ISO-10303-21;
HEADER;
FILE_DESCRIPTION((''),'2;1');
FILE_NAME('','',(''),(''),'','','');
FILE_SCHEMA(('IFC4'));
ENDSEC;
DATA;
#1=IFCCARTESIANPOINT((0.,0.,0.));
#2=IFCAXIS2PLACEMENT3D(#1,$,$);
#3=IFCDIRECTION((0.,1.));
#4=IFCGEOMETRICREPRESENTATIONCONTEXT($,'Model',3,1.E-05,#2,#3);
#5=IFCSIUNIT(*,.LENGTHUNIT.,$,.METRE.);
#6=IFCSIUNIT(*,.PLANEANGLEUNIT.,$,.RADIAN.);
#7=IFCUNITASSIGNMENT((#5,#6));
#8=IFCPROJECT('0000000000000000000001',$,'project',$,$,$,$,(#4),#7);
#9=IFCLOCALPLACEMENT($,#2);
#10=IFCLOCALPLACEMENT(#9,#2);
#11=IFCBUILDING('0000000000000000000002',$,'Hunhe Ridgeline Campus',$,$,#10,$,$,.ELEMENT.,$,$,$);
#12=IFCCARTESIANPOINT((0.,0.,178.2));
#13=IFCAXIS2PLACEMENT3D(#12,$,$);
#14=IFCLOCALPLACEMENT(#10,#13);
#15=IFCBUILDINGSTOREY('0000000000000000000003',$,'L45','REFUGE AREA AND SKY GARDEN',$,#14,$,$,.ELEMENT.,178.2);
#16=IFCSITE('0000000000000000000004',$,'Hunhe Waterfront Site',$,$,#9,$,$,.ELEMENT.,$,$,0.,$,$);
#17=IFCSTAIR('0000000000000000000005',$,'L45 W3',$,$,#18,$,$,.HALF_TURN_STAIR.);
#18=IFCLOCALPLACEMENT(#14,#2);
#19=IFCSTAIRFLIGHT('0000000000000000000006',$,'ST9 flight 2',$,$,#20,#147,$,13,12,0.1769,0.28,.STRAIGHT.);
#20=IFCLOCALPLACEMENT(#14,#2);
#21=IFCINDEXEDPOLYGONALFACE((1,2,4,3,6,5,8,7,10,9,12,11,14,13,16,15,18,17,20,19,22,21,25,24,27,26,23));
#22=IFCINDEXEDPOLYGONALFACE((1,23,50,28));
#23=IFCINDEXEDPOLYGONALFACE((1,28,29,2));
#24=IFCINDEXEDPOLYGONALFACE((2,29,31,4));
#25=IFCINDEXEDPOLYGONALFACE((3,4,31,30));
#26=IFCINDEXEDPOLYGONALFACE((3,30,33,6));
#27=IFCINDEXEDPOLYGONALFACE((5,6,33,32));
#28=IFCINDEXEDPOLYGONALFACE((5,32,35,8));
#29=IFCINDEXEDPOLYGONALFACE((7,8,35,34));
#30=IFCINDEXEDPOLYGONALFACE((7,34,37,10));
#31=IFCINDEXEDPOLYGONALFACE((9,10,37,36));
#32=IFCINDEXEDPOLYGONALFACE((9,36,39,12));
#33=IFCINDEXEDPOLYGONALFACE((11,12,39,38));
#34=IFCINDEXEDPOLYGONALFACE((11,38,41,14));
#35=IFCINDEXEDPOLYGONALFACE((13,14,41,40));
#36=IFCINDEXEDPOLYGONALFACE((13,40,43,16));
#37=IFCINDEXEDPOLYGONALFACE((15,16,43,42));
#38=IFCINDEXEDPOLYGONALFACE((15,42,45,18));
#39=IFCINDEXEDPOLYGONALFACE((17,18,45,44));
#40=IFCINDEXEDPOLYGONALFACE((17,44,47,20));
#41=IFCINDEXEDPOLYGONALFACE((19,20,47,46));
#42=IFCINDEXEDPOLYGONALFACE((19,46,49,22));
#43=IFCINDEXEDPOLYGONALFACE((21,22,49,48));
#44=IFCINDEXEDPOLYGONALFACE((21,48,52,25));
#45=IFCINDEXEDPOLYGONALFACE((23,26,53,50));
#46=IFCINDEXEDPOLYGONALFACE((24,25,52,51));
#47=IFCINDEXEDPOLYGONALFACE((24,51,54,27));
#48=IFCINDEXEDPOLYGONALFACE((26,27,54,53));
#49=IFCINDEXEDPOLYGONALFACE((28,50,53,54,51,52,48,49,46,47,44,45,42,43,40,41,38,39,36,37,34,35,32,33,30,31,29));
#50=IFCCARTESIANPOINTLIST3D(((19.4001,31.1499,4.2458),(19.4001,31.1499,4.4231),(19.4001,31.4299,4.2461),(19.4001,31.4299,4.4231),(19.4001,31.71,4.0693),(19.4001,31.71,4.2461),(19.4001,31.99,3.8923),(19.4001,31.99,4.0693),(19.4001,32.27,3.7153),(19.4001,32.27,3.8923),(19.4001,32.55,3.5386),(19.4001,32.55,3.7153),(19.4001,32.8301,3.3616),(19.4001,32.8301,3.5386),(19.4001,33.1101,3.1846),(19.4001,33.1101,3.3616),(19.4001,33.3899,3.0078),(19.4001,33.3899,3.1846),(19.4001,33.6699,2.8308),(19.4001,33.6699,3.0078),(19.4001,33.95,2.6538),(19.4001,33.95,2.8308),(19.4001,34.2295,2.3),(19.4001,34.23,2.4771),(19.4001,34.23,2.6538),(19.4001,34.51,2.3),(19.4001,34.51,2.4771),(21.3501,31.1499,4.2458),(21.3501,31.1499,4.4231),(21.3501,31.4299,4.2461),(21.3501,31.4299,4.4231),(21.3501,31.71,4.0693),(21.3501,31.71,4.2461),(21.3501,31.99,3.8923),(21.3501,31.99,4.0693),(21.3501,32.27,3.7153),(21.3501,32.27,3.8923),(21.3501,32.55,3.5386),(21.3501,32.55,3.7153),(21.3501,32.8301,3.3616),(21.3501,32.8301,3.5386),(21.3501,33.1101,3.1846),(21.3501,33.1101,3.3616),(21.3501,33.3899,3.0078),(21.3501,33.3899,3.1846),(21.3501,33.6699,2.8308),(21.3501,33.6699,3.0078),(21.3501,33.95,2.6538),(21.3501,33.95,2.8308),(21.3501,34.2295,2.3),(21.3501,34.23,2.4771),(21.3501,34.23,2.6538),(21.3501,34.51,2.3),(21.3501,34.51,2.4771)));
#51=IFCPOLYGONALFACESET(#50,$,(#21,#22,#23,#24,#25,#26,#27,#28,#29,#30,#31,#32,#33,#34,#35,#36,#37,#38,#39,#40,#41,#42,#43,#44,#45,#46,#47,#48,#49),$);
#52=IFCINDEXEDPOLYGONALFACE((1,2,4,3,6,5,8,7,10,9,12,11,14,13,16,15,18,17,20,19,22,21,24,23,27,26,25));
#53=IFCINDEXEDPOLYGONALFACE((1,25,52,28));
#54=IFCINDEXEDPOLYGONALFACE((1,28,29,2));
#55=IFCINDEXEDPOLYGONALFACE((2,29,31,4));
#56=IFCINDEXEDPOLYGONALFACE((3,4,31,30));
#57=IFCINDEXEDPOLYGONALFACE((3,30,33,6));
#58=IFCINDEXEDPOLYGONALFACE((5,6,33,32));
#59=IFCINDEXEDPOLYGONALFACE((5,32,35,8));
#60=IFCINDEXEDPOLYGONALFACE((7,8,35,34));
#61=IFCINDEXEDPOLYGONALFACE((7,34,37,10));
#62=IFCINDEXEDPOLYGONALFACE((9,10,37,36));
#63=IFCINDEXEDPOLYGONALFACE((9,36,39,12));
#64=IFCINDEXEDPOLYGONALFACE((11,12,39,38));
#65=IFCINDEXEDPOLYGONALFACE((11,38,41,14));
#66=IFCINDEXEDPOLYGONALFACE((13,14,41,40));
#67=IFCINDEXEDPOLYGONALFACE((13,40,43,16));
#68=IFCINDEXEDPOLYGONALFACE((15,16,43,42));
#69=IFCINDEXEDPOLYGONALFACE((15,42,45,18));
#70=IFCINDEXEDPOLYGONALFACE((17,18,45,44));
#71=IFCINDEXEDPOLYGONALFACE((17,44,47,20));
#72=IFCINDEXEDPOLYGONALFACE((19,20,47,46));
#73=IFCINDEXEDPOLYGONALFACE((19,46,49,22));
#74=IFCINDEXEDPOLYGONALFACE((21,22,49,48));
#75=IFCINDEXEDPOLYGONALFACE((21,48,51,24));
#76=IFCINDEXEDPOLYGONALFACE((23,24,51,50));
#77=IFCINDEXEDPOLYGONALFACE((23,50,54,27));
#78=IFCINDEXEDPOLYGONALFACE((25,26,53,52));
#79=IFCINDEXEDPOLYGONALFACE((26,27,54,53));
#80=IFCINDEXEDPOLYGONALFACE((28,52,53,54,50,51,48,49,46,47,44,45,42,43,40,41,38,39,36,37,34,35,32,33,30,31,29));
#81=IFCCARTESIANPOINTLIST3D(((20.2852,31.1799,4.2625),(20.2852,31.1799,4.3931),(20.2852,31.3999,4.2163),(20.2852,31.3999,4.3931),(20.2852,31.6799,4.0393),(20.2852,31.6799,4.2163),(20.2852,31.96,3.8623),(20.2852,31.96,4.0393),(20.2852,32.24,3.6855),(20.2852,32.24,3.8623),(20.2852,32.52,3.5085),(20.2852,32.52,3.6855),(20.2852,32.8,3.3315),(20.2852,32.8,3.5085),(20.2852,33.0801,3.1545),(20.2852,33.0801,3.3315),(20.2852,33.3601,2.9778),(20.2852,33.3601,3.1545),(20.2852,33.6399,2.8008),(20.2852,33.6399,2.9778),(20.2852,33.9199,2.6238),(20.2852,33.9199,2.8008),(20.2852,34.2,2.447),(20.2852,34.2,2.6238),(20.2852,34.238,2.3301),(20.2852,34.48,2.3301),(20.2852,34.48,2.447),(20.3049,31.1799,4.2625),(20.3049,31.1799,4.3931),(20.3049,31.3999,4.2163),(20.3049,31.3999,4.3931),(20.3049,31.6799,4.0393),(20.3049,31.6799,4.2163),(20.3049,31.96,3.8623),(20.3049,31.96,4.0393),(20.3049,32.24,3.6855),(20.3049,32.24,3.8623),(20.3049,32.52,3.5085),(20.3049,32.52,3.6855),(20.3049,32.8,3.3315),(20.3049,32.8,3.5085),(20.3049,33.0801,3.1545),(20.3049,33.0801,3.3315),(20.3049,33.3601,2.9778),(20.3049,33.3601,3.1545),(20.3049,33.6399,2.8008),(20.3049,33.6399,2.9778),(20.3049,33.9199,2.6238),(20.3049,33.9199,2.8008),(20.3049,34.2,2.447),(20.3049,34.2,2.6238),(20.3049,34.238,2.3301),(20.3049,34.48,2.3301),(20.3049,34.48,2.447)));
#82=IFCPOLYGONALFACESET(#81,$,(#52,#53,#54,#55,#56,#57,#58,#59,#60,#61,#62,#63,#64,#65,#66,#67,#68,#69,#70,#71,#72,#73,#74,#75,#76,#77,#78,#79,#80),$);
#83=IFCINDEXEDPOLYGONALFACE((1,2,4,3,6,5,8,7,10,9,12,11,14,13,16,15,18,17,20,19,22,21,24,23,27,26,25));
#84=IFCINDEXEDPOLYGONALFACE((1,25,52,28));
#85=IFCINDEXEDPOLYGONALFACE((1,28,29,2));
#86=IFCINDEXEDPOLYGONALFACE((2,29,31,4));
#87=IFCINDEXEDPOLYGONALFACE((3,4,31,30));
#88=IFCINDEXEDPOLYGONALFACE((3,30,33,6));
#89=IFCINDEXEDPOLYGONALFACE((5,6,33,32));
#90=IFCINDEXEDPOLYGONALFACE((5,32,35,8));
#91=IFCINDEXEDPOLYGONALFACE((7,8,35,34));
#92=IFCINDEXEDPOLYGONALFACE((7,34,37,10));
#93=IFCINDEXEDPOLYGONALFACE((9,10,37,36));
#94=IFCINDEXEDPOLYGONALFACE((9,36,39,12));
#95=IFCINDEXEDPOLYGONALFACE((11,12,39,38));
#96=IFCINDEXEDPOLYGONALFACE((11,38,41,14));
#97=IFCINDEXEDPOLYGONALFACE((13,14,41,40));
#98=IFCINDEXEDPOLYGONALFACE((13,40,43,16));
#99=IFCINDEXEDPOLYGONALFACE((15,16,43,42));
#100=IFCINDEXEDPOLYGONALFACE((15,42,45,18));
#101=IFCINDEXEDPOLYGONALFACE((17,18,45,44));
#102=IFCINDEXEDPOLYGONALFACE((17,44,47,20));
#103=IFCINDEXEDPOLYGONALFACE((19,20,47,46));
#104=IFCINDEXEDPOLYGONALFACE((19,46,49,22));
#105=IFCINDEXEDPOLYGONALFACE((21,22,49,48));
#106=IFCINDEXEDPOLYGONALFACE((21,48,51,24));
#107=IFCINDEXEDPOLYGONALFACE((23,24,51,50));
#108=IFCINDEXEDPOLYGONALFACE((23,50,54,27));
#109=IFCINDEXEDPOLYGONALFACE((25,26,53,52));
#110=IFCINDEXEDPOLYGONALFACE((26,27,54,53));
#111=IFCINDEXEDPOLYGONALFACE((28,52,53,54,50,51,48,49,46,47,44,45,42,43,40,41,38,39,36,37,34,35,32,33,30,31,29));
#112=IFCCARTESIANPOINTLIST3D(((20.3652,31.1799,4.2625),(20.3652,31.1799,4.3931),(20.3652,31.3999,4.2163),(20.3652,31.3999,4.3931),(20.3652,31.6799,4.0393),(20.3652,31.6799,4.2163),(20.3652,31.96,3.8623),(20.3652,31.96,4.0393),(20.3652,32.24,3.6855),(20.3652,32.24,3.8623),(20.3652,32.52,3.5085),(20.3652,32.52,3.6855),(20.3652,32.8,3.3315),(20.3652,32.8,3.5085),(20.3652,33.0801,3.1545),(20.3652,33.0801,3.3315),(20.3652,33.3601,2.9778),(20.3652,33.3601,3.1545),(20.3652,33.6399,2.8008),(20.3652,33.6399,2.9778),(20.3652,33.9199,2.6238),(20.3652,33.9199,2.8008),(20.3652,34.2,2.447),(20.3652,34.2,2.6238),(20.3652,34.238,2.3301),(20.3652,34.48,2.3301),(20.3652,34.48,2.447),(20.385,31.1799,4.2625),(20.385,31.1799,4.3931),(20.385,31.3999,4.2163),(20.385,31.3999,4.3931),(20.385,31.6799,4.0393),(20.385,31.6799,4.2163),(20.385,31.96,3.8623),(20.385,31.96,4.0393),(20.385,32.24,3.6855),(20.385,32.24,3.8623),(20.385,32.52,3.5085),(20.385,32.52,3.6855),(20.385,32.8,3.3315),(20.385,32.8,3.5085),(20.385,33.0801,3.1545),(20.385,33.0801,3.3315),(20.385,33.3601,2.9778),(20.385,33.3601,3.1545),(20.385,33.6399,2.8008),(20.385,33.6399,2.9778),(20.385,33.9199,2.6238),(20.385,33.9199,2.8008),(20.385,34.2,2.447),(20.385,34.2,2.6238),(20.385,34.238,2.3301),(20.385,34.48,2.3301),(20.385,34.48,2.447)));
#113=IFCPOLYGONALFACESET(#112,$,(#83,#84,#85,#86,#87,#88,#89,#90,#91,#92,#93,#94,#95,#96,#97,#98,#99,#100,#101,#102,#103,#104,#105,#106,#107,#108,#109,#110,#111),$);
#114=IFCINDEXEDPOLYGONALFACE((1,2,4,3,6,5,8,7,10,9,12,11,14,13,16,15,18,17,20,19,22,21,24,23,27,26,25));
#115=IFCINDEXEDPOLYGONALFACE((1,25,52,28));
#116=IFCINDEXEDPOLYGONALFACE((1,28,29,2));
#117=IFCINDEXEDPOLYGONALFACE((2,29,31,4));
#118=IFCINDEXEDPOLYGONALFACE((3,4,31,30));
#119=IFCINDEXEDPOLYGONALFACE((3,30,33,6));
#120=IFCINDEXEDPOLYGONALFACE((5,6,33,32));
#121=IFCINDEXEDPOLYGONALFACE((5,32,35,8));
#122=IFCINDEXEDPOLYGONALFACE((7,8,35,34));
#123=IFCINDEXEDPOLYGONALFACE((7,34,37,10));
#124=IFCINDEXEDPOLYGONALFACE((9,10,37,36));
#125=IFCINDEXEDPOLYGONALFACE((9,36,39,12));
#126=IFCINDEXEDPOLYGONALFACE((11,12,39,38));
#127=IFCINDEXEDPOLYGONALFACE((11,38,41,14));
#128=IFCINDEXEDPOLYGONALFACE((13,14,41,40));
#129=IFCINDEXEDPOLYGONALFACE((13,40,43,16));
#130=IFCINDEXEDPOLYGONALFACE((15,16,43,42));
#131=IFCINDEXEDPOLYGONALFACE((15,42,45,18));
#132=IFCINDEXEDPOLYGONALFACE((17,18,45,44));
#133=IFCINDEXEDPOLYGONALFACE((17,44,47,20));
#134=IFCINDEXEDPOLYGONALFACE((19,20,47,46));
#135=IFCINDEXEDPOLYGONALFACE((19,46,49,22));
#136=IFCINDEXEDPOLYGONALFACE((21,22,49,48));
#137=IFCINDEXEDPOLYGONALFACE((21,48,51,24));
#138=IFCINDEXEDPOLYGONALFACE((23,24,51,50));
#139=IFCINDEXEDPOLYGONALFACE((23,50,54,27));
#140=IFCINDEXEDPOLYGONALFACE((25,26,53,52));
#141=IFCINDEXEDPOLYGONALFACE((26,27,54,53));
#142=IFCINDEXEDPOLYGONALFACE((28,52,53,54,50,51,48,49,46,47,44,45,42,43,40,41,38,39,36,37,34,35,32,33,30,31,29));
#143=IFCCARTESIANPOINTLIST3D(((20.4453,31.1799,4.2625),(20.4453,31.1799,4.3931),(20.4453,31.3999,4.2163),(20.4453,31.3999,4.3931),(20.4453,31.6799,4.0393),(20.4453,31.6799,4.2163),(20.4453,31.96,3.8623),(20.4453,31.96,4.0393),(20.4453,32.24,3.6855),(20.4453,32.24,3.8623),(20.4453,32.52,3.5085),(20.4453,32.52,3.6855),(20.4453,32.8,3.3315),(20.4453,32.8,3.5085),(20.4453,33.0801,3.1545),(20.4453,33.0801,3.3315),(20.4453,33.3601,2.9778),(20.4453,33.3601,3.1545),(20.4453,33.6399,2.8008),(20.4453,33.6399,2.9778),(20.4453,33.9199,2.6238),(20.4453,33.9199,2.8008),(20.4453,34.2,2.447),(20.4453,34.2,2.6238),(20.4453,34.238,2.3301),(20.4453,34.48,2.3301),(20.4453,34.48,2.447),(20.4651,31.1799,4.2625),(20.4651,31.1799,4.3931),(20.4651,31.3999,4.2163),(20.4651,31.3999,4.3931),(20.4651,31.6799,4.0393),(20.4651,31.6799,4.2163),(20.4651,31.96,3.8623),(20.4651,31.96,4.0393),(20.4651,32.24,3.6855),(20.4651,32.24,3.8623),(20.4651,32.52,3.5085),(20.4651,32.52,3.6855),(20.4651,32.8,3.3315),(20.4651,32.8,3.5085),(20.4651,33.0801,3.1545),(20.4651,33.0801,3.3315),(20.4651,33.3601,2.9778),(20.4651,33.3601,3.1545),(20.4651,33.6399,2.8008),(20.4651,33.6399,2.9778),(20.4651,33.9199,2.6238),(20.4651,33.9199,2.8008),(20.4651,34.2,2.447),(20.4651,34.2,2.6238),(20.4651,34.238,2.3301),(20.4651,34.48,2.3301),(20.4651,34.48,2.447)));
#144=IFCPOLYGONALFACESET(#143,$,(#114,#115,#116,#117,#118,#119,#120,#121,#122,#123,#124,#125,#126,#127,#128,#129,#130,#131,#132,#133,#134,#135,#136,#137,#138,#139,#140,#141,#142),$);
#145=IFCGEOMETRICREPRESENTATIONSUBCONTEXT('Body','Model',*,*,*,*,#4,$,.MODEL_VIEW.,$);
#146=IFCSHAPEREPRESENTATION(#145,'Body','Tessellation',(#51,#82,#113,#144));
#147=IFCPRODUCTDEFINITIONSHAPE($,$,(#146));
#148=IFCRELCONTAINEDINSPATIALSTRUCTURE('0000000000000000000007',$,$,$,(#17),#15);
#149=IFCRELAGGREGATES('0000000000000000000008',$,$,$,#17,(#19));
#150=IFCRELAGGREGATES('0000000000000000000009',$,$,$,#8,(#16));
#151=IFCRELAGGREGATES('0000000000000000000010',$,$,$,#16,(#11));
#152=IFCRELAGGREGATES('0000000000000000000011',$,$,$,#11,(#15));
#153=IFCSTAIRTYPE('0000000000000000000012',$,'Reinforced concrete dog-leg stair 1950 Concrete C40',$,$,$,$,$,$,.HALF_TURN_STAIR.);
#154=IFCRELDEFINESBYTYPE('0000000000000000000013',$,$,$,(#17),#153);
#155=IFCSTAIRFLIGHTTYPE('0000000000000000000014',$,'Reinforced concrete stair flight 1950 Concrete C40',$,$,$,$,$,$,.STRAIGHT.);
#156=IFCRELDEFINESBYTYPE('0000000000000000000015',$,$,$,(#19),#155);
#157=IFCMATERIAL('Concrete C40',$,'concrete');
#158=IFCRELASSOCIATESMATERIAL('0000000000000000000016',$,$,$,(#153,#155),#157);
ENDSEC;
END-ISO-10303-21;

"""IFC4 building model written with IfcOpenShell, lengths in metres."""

from ifc_helpers import new_model, si_unit, direction, frame, origin, place, context, subcontext, project, spatial, polyline, outline, extrude, material, type_object, element, aggregate, save


model = new_model("IFC4")

# Units and contexts
model_context = context("Model", 3, precision=1e-05, world=origin(), true_north=direction((0.0, 1.0)))
body_context = subcontext(model_context, "Body", "Model", "MODEL_VIEW")
ifc_project = project(units=[si_unit("LENGTHUNIT", "METRE"), si_unit("PLANEANGLEUNIT", "RADIAN")], contexts=[model_context])

# Site, building, storey
site_placement = place(None, origin())
site = spatial("IfcSite", under=ifc_project, at=site_placement, Name="Hunhe Waterfront Site", CompositionType="ELEMENT", RefElevation=0.0)
building_placement = place(site_placement, origin())
building = spatial("IfcBuilding", under=site, at=building_placement, Name="Hunhe Ridgeline Campus", CompositionType="ELEMENT")
storey_placement = place(building_placement, frame((0.0, 0.0, 178.2)))
storey = spatial("IfcBuildingStorey", under=building, at=storey_placement, Name="L45", Description="REFUGE AREA AND SKY GARDEN", CompositionType="ELEMENT", Elevation=178.2)

# Stair, stair flight
ifc_material_1 = material(Name="Concrete C40", Category="concrete")
stair_type = type_object("IfcStairType", Name="Reinforced concrete dog-leg stair 1950 Concrete C40", PredefinedType="HALF_TURN_STAIR", material=ifc_material_1)
stair_1_placement = place(storey_placement, origin())
stair_1 = element("IfcStair", 1, at=stair_1_placement, inside=storey, type_object=stair_type, Name="L45 W3", PredefinedType="HALF_TURN_STAIR")
stair_flight_type = type_object("IfcStairFlightType", Name="Reinforced concrete stair flight 1950 Concrete C40", PredefinedType="STRAIGHT", material=ifc_material_1)
stair_flight_1_placement = place(storey_placement, frame((20.375, 34.51, 2.3), z_axis=(0.0, 0.0, 1.0), x_axis=(0.0, -1.0, 0.0)))
stair_flight_1 = element("IfcStairFlight", 2, at=stair_flight_1_placement, type_object=stair_flight_type, Name="ST9 flight 2", NumberOfRisers=13, NumberOfTreads=12, PredefinedType="STRAIGHT", RiserHeight=0.1769, TreadLength=0.28, context=body_context, shape_type="SweptSolid", body=[
    extrude(outline(polyline([(0.0, 0.0), (0.0, 0.177), (0.28, 0.177), (0.28, 0.3538), (0.5601, 0.3538), (0.5601, 0.5308), (0.8401, 0.5308), (0.8401, 0.7078), (1.1201, 0.7078), (1.1201, 0.8845), (1.3999, 0.8845), (1.3999, 1.0615), (1.6799, 1.0615), (1.6799, 1.2385), (1.96, 1.2385), (1.96, 1.4153), (2.24, 1.4153), (2.24, 1.5923), (2.52, 1.5923), (2.52, 1.7693), (2.8, 1.7693), (2.8, 1.946), (3.0801, 1.946), (3.0801, 2.123), (3.3601, 2.123), (3.3601, 2.3), (3.3601, 1.9458), (0.2805, 0.0), (0.0, 0.0)])), frame((0.0, 0.9751, 0.0), z_axis=(0.0, -1.0, 0.0), x_axis=(1.0, 0.0, 0.0)), (0.0, 0.0, 1.0), 1.95),
    extrude(outline(polyline([(0.03, 0.03), (0.03, 0.147), (0.3101, 0.147), (0.3101, 0.3237), (0.5901, 0.3237), (0.5901, 0.5007), (0.8701, 0.5007), (0.8701, 0.6777), (1.1499, 0.6777), (1.1499, 0.8545), (1.4299, 0.8545), (1.4299, 1.0315), (1.71, 1.0315), (1.71, 1.2085), (1.99, 1.2085), (1.99, 1.3855), (2.27, 1.3855), (2.27, 1.5623), (2.55, 1.5623), (2.55, 1.7393), (2.8301, 1.7393), (2.8301, 1.9163), (3.1101, 1.9163), (3.1101, 2.093), (3.3301, 2.093), (3.3301, 1.9624), (0.272, 0.03), (0.03, 0.03)])), frame((0.0, -0.0701, 0.0), z_axis=(0.0, -1.0, 0.0), x_axis=(1.0, 0.0, 0.0)), (0.0, 0.0, 1.0), 0.0198),
    extrude(outline(polyline([(0.03, 0.03), (0.03, 0.147), (0.3101, 0.147), (0.3101, 0.3237), (0.5901, 0.3237), (0.5901, 0.5007), (0.8701, 0.5007), (0.8701, 0.6777), (1.1499, 0.6777), (1.1499, 0.8545), (1.4299, 0.8545), (1.4299, 1.0315), (1.71, 1.0315), (1.71, 1.2085), (1.99, 1.2085), (1.99, 1.3855), (2.27, 1.3855), (2.27, 1.5623), (2.55, 1.5623), (2.55, 1.7393), (2.8301, 1.7393), (2.8301, 1.9163), (3.1101, 1.9163), (3.1101, 2.093), (3.3301, 2.093), (3.3301, 1.9624), (0.272, 0.03), (0.03, 0.03)])), frame((0.0, 0.01, 0.0), z_axis=(0.0, -1.0, 0.0), x_axis=(1.0, 0.0, 0.0)), (0.0, 0.0, 1.0), 0.0198),
    extrude(outline(polyline([(0.03, 0.03), (0.03, 0.147), (0.3101, 0.147), (0.3101, 0.3237), (0.5901, 0.3237), (0.5901, 0.5007), (0.8701, 0.5007), (0.8701, 0.6777), (1.1499, 0.6777), (1.1499, 0.8545), (1.4299, 0.8545), (1.4299, 1.0315), (1.71, 1.0315), (1.71, 1.2085), (1.99, 1.2085), (1.99, 1.3855), (2.27, 1.3855), (2.27, 1.5623), (2.55, 1.5623), (2.55, 1.7393), (2.8301, 1.7393), (2.8301, 1.9163), (3.1101, 1.9163), (3.1101, 2.093), (3.3301, 2.093), (3.3301, 1.9624), (0.272, 0.03), (0.03, 0.03)])), frame((0.0, 0.0901, 0.0), z_axis=(0.0, -1.0, 0.0), x_axis=(1.0, 0.0, 0.0)), (0.0, 0.0, 1.0), 0.0198),
])
aggregate(stair_1, [stair_flight_1])

save(model, "model.ifc")
